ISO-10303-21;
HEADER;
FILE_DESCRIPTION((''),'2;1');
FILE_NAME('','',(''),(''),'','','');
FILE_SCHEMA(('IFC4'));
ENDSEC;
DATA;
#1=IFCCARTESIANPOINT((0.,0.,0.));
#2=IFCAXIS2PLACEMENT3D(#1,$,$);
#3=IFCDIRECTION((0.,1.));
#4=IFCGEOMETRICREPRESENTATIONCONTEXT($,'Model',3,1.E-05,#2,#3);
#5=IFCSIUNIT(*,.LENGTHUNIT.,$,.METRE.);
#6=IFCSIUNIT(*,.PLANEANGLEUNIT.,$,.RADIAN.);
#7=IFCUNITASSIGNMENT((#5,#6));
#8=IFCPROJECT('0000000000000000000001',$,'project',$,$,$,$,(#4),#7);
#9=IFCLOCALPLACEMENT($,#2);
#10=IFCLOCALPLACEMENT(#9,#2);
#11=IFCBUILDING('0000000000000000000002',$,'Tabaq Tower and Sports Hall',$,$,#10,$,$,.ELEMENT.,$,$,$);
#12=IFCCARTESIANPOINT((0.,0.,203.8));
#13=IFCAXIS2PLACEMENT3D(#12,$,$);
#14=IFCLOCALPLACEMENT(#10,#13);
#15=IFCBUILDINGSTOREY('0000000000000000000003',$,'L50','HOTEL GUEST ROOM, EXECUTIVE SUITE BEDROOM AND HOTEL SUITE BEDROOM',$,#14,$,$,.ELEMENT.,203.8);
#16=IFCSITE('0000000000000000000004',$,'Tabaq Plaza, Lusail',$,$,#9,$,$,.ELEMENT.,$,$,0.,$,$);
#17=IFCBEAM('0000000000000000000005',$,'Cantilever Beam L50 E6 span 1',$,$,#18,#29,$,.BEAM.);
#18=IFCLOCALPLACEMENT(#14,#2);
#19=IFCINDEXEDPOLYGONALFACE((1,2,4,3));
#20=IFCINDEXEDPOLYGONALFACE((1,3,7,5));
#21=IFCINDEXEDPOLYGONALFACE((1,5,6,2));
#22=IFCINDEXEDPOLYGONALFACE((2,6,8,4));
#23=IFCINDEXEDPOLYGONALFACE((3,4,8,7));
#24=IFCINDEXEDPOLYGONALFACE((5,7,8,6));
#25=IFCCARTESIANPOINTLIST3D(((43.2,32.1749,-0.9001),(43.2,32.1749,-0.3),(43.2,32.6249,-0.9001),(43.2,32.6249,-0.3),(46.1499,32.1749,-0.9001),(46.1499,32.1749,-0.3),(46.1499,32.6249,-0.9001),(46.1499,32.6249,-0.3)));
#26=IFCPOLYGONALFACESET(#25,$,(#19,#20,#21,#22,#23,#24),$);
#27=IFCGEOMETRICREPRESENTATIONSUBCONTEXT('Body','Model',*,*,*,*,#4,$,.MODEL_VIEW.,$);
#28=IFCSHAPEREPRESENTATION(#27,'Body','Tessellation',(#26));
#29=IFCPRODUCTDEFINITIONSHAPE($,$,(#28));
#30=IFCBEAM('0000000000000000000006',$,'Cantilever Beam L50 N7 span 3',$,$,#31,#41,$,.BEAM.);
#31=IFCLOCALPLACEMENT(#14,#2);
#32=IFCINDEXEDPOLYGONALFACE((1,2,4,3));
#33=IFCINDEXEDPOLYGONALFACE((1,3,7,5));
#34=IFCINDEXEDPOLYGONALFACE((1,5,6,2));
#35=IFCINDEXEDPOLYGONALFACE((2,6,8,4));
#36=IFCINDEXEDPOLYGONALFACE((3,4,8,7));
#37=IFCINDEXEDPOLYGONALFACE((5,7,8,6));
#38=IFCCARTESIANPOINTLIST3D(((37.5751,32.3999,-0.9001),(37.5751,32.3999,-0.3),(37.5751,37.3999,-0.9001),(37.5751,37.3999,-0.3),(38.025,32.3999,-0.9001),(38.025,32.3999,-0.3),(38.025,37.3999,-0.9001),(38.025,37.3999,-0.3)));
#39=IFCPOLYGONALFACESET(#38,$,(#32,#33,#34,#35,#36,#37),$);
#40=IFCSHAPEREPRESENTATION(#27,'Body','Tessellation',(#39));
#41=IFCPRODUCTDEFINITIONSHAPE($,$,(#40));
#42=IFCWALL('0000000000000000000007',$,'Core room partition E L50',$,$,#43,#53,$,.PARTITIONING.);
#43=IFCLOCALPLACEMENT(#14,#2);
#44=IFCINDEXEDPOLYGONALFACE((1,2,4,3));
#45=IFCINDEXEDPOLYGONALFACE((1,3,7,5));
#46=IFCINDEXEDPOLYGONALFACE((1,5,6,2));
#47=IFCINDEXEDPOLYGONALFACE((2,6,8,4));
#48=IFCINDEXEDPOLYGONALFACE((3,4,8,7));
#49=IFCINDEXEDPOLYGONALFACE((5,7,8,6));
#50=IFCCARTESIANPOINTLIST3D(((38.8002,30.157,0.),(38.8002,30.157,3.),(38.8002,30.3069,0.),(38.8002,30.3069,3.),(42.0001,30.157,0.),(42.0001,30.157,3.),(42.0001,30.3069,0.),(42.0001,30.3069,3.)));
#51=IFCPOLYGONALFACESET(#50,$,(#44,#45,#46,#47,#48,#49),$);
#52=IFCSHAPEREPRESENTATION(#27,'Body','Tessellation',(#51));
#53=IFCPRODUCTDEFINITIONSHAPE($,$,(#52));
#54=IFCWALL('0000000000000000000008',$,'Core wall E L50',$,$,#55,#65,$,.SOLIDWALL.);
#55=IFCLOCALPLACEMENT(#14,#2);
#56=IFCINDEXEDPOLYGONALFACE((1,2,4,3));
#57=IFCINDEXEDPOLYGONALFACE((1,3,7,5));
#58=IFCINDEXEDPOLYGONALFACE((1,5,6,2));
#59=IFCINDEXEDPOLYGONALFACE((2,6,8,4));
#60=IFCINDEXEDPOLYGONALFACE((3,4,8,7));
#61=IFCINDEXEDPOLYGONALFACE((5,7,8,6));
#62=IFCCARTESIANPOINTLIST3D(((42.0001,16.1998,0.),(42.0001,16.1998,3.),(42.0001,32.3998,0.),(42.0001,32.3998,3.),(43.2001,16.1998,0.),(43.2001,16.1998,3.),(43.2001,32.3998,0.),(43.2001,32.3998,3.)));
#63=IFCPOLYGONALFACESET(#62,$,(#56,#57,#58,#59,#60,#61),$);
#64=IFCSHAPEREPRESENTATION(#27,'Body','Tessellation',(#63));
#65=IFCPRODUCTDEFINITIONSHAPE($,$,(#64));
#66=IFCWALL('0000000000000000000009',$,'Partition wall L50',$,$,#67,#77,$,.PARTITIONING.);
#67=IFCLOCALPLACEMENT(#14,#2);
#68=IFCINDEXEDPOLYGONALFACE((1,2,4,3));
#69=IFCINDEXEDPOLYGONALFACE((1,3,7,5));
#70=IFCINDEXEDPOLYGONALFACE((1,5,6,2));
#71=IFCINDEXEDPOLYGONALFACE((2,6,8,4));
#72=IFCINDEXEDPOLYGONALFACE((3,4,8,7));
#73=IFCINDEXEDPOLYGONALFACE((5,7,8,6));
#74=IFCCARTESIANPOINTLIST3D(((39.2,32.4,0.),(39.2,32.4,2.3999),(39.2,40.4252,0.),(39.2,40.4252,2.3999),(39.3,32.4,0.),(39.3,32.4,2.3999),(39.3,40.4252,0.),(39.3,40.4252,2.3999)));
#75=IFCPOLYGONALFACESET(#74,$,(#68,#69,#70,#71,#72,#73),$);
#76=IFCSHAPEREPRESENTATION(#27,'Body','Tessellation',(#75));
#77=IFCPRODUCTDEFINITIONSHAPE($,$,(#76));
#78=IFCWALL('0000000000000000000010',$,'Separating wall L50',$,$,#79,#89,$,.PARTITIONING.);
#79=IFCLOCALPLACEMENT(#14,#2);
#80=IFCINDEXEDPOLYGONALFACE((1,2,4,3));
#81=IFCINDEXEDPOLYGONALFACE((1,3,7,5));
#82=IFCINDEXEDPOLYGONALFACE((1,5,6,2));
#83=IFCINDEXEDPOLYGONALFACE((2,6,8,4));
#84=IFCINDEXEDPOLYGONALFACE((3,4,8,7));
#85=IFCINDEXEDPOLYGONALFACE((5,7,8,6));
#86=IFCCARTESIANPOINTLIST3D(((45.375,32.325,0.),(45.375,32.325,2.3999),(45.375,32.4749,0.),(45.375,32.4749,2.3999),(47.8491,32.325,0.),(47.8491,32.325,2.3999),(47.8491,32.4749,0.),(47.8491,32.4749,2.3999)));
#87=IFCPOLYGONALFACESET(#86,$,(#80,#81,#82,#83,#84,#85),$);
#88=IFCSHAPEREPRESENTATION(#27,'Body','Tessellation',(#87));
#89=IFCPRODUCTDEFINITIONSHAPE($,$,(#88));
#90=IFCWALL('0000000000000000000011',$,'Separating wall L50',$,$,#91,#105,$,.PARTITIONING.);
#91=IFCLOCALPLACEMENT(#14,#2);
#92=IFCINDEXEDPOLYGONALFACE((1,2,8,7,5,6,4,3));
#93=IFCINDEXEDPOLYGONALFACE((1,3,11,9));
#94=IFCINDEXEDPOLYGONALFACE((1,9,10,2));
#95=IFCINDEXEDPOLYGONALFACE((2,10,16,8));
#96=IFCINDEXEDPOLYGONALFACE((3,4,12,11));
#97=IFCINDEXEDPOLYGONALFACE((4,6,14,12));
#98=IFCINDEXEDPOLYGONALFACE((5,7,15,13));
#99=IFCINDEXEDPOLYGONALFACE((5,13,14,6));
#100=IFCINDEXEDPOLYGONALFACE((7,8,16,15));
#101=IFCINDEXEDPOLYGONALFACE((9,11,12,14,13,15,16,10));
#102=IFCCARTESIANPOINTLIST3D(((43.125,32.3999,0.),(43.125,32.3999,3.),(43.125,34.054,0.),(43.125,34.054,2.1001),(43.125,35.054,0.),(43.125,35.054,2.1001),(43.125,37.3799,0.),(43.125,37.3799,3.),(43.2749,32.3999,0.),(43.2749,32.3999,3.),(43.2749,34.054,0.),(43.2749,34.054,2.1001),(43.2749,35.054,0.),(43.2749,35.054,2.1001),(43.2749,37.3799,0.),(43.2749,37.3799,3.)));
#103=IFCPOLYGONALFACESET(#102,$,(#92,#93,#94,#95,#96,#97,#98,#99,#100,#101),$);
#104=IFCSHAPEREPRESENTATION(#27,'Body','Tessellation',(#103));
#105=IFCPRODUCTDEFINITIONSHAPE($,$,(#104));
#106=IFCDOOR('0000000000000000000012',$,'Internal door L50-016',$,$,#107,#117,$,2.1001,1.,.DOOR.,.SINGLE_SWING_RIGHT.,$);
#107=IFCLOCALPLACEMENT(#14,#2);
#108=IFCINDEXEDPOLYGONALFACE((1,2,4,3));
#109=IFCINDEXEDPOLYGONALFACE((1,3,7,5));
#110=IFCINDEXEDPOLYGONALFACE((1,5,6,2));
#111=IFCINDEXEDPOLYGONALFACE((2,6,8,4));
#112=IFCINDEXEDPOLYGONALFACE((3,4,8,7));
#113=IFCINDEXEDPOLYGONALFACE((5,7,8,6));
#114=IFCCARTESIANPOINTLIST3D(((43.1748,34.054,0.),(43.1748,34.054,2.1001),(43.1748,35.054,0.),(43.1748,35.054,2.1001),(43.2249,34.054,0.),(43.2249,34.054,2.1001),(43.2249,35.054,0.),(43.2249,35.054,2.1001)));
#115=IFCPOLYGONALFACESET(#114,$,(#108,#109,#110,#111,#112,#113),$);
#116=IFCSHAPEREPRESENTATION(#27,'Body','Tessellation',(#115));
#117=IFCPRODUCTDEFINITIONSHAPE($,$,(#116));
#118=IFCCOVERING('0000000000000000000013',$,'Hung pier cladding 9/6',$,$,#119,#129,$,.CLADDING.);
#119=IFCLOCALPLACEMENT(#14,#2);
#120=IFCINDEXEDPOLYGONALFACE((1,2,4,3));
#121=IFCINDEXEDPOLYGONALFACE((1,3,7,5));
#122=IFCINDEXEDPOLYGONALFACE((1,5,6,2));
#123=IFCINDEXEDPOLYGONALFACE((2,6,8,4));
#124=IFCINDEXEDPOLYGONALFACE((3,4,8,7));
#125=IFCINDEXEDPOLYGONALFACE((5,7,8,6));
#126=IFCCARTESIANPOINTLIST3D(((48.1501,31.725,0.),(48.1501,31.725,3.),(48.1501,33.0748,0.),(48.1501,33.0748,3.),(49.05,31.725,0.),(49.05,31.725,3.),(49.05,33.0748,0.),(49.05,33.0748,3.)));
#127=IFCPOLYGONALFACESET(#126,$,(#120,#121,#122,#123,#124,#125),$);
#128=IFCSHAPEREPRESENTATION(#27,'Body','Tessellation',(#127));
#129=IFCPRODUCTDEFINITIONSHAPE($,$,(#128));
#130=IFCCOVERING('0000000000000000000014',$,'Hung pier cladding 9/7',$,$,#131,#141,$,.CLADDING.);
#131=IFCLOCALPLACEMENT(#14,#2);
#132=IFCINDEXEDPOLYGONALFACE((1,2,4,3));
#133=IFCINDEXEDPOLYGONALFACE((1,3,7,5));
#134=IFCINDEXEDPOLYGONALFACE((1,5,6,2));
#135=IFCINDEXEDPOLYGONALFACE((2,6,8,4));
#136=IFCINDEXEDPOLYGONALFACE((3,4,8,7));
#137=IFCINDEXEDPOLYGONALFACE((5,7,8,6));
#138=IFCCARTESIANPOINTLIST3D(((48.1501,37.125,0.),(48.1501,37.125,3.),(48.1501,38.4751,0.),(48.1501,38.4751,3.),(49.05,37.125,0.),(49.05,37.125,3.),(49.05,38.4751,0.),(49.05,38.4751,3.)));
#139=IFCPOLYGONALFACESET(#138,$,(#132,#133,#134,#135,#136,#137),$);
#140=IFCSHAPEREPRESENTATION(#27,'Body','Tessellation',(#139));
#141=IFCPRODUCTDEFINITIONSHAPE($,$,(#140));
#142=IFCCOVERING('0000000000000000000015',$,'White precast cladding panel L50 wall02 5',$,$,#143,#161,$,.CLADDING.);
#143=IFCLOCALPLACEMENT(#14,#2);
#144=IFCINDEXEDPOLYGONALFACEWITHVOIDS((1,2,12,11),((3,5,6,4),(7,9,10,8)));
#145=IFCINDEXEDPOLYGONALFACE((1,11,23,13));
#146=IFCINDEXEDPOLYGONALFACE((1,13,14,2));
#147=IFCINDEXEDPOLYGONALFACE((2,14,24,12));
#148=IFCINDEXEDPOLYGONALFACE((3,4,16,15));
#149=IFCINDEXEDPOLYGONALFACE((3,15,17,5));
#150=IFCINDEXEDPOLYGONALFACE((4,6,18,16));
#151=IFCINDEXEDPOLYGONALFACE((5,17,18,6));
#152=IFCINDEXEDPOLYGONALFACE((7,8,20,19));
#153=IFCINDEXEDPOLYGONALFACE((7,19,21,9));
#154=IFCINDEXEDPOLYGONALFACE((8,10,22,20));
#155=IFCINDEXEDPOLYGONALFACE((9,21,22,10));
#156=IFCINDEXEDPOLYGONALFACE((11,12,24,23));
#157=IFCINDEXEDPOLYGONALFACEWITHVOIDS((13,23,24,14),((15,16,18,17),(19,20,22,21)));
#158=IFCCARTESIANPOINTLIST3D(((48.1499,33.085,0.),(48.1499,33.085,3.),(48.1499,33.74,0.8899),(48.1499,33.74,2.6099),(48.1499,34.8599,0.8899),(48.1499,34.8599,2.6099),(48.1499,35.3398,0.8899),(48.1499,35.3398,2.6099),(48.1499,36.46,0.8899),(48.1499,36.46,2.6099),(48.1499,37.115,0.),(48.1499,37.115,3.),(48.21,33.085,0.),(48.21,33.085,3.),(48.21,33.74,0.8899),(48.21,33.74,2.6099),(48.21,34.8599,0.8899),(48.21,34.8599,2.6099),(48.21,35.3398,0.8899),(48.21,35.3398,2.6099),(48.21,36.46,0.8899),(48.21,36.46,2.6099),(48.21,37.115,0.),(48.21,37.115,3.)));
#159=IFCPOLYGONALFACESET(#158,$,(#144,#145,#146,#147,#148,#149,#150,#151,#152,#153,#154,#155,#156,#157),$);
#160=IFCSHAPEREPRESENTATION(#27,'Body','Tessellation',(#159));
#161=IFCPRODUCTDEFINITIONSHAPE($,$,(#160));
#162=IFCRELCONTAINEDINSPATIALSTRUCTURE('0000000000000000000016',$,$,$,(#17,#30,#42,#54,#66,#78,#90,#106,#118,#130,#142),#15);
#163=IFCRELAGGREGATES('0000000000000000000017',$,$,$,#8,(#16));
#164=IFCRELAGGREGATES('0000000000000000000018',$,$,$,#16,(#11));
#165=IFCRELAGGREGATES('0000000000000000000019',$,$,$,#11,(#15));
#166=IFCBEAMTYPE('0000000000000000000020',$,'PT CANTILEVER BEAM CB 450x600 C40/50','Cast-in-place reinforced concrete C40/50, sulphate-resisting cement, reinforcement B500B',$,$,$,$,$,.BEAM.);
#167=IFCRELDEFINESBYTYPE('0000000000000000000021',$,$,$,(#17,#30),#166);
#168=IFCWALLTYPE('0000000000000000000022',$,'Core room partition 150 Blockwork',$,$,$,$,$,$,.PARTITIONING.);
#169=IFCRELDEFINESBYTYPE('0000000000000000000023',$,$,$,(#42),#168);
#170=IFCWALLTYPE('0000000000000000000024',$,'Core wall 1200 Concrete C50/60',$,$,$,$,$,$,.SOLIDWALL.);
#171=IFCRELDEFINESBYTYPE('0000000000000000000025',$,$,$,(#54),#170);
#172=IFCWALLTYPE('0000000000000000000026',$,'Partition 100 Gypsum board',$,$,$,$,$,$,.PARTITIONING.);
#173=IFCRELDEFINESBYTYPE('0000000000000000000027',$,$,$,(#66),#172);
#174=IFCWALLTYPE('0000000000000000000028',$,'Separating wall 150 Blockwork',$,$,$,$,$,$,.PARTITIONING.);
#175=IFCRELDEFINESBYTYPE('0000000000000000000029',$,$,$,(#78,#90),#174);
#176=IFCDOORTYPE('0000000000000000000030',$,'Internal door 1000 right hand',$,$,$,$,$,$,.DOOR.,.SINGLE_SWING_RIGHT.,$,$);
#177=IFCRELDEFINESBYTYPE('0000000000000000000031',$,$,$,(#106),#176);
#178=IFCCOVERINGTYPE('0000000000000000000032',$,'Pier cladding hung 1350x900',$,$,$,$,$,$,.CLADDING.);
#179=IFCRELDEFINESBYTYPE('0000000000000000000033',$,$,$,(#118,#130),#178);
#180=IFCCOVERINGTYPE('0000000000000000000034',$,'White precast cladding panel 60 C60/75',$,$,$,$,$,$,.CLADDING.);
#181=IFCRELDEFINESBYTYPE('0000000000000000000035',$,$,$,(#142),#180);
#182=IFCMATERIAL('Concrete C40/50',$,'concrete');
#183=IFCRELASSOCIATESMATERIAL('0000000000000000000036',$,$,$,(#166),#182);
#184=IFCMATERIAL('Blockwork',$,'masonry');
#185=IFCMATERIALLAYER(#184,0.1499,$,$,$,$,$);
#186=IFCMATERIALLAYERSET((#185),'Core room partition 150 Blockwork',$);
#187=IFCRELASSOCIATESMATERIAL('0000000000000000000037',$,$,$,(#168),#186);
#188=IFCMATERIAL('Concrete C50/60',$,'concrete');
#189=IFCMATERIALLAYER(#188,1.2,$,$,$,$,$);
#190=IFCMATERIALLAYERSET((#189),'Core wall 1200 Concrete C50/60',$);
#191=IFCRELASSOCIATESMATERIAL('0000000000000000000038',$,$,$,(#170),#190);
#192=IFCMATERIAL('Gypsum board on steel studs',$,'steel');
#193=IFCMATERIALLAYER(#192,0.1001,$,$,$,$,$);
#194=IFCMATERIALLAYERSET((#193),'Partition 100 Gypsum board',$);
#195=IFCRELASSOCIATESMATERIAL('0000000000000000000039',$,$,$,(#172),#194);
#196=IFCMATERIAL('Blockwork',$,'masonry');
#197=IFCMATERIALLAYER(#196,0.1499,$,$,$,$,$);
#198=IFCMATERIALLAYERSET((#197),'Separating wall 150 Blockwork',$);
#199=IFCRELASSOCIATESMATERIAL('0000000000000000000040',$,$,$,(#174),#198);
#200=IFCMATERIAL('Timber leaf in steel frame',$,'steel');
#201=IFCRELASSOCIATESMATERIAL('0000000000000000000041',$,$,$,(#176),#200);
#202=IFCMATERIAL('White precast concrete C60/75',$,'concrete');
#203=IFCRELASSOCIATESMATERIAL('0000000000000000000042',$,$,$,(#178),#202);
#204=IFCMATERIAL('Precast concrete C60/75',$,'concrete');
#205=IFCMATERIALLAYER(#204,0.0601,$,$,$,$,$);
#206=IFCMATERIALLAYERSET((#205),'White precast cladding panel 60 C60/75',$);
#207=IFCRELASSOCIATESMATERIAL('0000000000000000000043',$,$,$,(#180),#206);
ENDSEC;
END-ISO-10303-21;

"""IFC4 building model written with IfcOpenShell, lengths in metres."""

from ifc_helpers import new_model, si_unit, direction, frame, frame_2d, origin, origin_2d, place, context, subcontext, project, spatial, polyline, rectangle, outline, extrude, material, layer, layer_set, material_profile, profile_set, type_object, element, fill, save


model = new_model("IFC4")

# Units and contexts
model_context = context("Model", 3, precision=1e-05, world=origin(), true_north=direction((0.0, 1.0)))
body_context = subcontext(model_context, "Body", "Model", "MODEL_VIEW")
ifc_project = project(units=[si_unit("LENGTHUNIT", "METRE"), si_unit("PLANEANGLEUNIT", "RADIAN")], contexts=[model_context])

# Site, building, storey
site_placement = place(None, origin())
site = spatial("IfcSite", under=ifc_project, at=site_placement, Name="Tabaq Plaza, Lusail", CompositionType="ELEMENT", RefElevation=0.0)
building_placement = place(site_placement, origin())
building = spatial("IfcBuilding", under=site, at=building_placement, Name="Tabaq Tower and Sports Hall", CompositionType="ELEMENT")
storey_placement = place(building_placement, frame((0.0, 0.0, 203.8)))
storey = spatial("IfcBuildingStorey", under=building, at=storey_placement, Name="L50", Description="HOTEL GUEST ROOM, EXECUTIVE SUITE BEDROOM AND HOTEL SUITE BEDROOM", CompositionType="ELEMENT", Elevation=203.8)

# Beams
ifc_material_1 = material(Name="Concrete C40/50", Category="concrete")
ifc_material_profile = material_profile(ifc_material_1, rectangle(XDim=0.45, YDim=0.6001, at=origin_2d()), Name="CB 450x600")
ifc_profile_set = profile_set([ifc_material_profile], Name="Concrete C40/50")
beam_type = type_object("IfcBeamType", Name="PT CANTILEVER BEAM CB 450x600 C40/50", Description="Cast-in-place reinforced concrete C40/50, sulphate-resisting cement, reinforcement B500B", PredefinedType="BEAM", material=ifc_profile_set)
beam_1_placement = place(storey_placement, frame((46.1499, 32.3999, -0.6001), z_axis=(-1.0, 0.0, 0.0), x_axis=(0.0, -1.0, 0.0)))
element("IfcBeam", 1, at=beam_1_placement, inside=storey, type_object=beam_type, Name="Cantilever Beam L50 E6 span 1", PredefinedType="BEAM", context=body_context, shape_type="SweptSolid", body=[
    extrude(rectangle(XDim=0.45, YDim=0.6001, at=origin_2d()), origin(), (0.0, 0.0, 1.0), 2.95),
])
beam_2_placement = place(storey_placement, frame((37.8, 37.3999, -0.6001), z_axis=(0.0, -1.0, 0.0), x_axis=(1.0, 0.0, 0.0)))
element("IfcBeam", 2, at=beam_2_placement, inside=storey, type_object=beam_type, Name="Cantilever Beam L50 N7 span 3", PredefinedType="BEAM", context=body_context, shape_type="SweptSolid", body=[
    extrude(rectangle(XDim=0.45, YDim=0.6001, at=origin_2d()), origin(), (0.0, 0.0, 1.0), 5.0),
])

# Walls
ifc_material_2 = material(Name="Blockwork", Category="masonry")
ifc_layer_1 = layer(ifc_material_2, 0.1499)
ifc_layer_set_1 = layer_set([ifc_layer_1], Name="Core room partition 150 Blockwork")
wall_type_1 = type_object("IfcWallType", Name="Core room partition 150 Blockwork", PredefinedType="PARTITIONING", material=ifc_layer_set_1)
wall_1_placement = place(storey_placement, frame((38.8, 30.2319, 0.0), z_axis=(0.0, 0.0, 1.0), x_axis=(1.0, 0.0, 0.0)))
element("IfcWall", 3, at=wall_1_placement, inside=storey, type_object=wall_type_1, Name="Core room partition E L50", PredefinedType="PARTITIONING", context=body_context, shape_type="SweptSolid", body=[
    extrude(rectangle(XDim=3.2, YDim=0.1499, at=frame_2d((1.6001, 0.0))), origin(), (0.0, 0.0, 1.0), 3.0),
])
ifc_material_3 = material(Name="Concrete C50/60", Category="concrete")
ifc_layer_2 = layer(ifc_material_3, 1.2)
ifc_layer_set_2 = layer_set([ifc_layer_2], Name="Core wall 1200 Concrete C50/60")
wall_type_2 = type_object("IfcWallType", Name="Core wall 1200 Concrete C50/60", PredefinedType="SOLIDWALL", material=ifc_layer_set_2)
wall_2_placement = place(storey_placement, frame((42.6001, 32.3999, 0.0), z_axis=(0.0, 0.0, 1.0), x_axis=(0.0, -1.0, 0.0)))
element("IfcWall", 4, at=wall_2_placement, inside=storey, type_object=wall_type_2, Name="Core wall E L50", PredefinedType="SOLIDWALL", context=body_context, shape_type="SweptSolid", body=[
    extrude(rectangle(XDim=16.2, YDim=1.2, at=frame_2d((8.1001, 0.0))), origin(), (0.0, 0.0, 1.0), 3.0),
])
ifc_material_4 = material(Name="Gypsum board on steel studs", Category="steel")
ifc_layer_3 = layer(ifc_material_4, 0.1001)
ifc_layer_set_3 = layer_set([ifc_layer_3], Name="Partition 100 Gypsum board")
wall_type_3 = type_object("IfcWallType", Name="Partition 100 Gypsum board", PredefinedType="PARTITIONING", material=ifc_layer_set_3)
wall_3_placement = place(storey_placement, frame((39.25, 32.3999, 0.0), z_axis=(0.0, 0.0, 1.0), x_axis=(0.0, 1.0, 0.0)))
element("IfcWall", 5, at=wall_3_placement, inside=storey, type_object=wall_type_3, Name="Partition wall L50", PredefinedType="PARTITIONING", context=body_context, shape_type="SweptSolid", body=[
    extrude(rectangle(XDim=8.0251, YDim=0.1001, at=frame_2d((4.0127, 0.0))), origin(), (0.0, 0.0, 1.0), 2.3999),
])
ifc_material_5 = material(Name="Blockwork", Category="masonry")
ifc_layer_4 = layer(ifc_material_5, 0.1499)
ifc_layer_set_4 = layer_set([ifc_layer_4], Name="Separating wall 150 Blockwork")
wall_type_4 = type_object("IfcWallType", Name="Separating wall 150 Blockwork", PredefinedType="PARTITIONING", material=ifc_layer_set_4)
wall_4_placement = place(storey_placement, frame((45.375, 32.3999, 0.0), z_axis=(0.0, 0.0, 1.0), x_axis=(1.0, 0.0, 0.0)))
element("IfcWall", 6, at=wall_4_placement, inside=storey, type_object=wall_type_4, Name="Separating wall L50", PredefinedType="PARTITIONING", context=body_context, shape_type="SweptSolid", body=[
    extrude(rectangle(XDim=2.4741, YDim=0.1499, at=frame_2d((1.2371, 0.0))), origin(), (0.0, 0.0, 1.0), 2.3999),
])

# Wall, opening, door
wall_5_placement = place(storey_placement, frame((43.2, 37.3799, 0.0), z_axis=(0.0, 0.0, 1.0), x_axis=(0.0, -1.0, 0.0)))
wall_5 = element("IfcWall", 7, at=wall_5_placement, inside=storey, type_object=wall_type_4, Name="Separating wall L50", PredefinedType="PARTITIONING", context=body_context, shape_type="SweptSolid", body=[
    extrude(rectangle(XDim=4.98, YDim=0.1499, at=frame_2d((2.49, 0.0))), origin(), (0.0, 0.0, 1.0), 3.0),
])
opening_placement = place(wall_5_placement, frame((2.3259, 0.0, 0.0)))
opening = element("IfcOpeningElement", 8, at=opening_placement, cuts=wall_5, PredefinedType="OPENING", context=body_context, shape_type="SweptSolid", body=[
    extrude(rectangle(XDim=1.0, YDim=2.1001, at=frame_2d((0.5, 1.05))), frame((0.0, 0.075, 0.0), z_axis=(0.0, -1.0, 0.0), x_axis=(1.0, 0.0, 0.0)), (0.0, 0.0, 1.0), 0.1499),
])
ifc_material_6 = material(Name="Timber leaf in steel frame", Category="steel")
door_type = type_object("IfcDoorType", Name="Internal door 1000 right hand", OperationType="SINGLE_SWING_RIGHT", PredefinedType="DOOR", material=ifc_material_6)
door_placement = place(opening_placement, origin())
door = element("IfcDoor", 9, at=door_placement, inside=storey, type_object=door_type, Name="Internal door L50-016", OperationType="SINGLE_SWING_RIGHT", OverallHeight=2.1001, OverallWidth=1.0, PredefinedType="DOOR", context=body_context, shape_type="SweptSolid", body=[
    extrude(rectangle(XDim=1.0, YDim=2.1001, at=frame_2d((0.5, 1.05))), frame((0.0, 0.0249, 0.0), z_axis=(0.0, -1.0, 0.0), x_axis=(1.0, 0.0, 0.0)), (0.0, 0.0, 1.0), 0.05),
])
fill(opening, door)

# Coverings
ifc_material_7 = material(Name="White precast concrete C60/75", Category="concrete")
covering_type_1 = type_object("IfcCoveringType", Name="Pier cladding hung 1350x900", PredefinedType="CLADDING", material=ifc_material_7)
covering_1_placement = place(storey_placement, frame((48.6001, 31.7251, 0.0), z_axis=(0.0, 0.0, 1.0), x_axis=(0.0, 1.0, 0.0)))
element("IfcCovering", 10, at=covering_1_placement, inside=storey, type_object=covering_type_1, Name="Hung pier cladding 9/6", PredefinedType="CLADDING", context=body_context, shape_type="SweptSolid", body=[
    extrude(rectangle(XDim=1.3499, YDim=0.8999, at=frame_2d((0.6748, 0.0))), origin(), (0.0, 0.0, 1.0), 3.0),
])
covering_2_placement = place(storey_placement, frame((48.6001, 37.125, 0.0), z_axis=(0.0, 0.0, 1.0), x_axis=(0.0, 1.0, 0.0)))
element("IfcCovering", 11, at=covering_2_placement, inside=storey, type_object=covering_type_1, Name="Hung pier cladding 9/7", PredefinedType="CLADDING", context=body_context, shape_type="SweptSolid", body=[
    extrude(rectangle(XDim=1.3501, YDim=0.8999, at=frame_2d((0.675, 0.0))), origin(), (0.0, 0.0, 1.0), 3.0),
])
ifc_material_8 = material(Name="Precast concrete C60/75", Category="concrete")
ifc_layer_5 = layer(ifc_material_8, 0.0601)
ifc_layer_set_5 = layer_set([ifc_layer_5], Name="White precast cladding panel 60 C60/75")
covering_type_2 = type_object("IfcCoveringType", Name="White precast cladding panel 60 C60/75", PredefinedType="CLADDING", material=ifc_layer_set_5)
covering_3_placement = place(storey_placement, frame((48.1799, 33.085, 0.0), z_axis=(0.0, 0.0, 1.0), x_axis=(0.0, 1.0, 0.0)))
element("IfcCovering", 12, at=covering_3_placement, inside=storey, type_object=covering_type_2, Name="White precast cladding panel L50 wall02 5", PredefinedType="CLADDING", context=body_context, shape_type="SweptSolid", body=[
    extrude(outline(polyline([(0.0, 0.0), (4.03, 0.0), (4.03, 3.0), (0.0, 3.0), (0.0, 0.0)]), holes=[polyline([(0.655, 2.6099), (1.7749, 2.6099), (1.7749, 0.8899), (0.655, 0.8899), (0.655, 2.6099)]), polyline([(2.2549, 2.6099), (3.375, 2.6099), (3.375, 0.8899), (2.2549, 0.8899), (2.2549, 2.6099)])]), frame((0.0, 0.03, 0.0), z_axis=(0.0, -1.0, 0.0), x_axis=(1.0, 0.0, 0.0)), (0.0, 0.0, 1.0), 0.0601),
])

save(model, "model.ifc")
